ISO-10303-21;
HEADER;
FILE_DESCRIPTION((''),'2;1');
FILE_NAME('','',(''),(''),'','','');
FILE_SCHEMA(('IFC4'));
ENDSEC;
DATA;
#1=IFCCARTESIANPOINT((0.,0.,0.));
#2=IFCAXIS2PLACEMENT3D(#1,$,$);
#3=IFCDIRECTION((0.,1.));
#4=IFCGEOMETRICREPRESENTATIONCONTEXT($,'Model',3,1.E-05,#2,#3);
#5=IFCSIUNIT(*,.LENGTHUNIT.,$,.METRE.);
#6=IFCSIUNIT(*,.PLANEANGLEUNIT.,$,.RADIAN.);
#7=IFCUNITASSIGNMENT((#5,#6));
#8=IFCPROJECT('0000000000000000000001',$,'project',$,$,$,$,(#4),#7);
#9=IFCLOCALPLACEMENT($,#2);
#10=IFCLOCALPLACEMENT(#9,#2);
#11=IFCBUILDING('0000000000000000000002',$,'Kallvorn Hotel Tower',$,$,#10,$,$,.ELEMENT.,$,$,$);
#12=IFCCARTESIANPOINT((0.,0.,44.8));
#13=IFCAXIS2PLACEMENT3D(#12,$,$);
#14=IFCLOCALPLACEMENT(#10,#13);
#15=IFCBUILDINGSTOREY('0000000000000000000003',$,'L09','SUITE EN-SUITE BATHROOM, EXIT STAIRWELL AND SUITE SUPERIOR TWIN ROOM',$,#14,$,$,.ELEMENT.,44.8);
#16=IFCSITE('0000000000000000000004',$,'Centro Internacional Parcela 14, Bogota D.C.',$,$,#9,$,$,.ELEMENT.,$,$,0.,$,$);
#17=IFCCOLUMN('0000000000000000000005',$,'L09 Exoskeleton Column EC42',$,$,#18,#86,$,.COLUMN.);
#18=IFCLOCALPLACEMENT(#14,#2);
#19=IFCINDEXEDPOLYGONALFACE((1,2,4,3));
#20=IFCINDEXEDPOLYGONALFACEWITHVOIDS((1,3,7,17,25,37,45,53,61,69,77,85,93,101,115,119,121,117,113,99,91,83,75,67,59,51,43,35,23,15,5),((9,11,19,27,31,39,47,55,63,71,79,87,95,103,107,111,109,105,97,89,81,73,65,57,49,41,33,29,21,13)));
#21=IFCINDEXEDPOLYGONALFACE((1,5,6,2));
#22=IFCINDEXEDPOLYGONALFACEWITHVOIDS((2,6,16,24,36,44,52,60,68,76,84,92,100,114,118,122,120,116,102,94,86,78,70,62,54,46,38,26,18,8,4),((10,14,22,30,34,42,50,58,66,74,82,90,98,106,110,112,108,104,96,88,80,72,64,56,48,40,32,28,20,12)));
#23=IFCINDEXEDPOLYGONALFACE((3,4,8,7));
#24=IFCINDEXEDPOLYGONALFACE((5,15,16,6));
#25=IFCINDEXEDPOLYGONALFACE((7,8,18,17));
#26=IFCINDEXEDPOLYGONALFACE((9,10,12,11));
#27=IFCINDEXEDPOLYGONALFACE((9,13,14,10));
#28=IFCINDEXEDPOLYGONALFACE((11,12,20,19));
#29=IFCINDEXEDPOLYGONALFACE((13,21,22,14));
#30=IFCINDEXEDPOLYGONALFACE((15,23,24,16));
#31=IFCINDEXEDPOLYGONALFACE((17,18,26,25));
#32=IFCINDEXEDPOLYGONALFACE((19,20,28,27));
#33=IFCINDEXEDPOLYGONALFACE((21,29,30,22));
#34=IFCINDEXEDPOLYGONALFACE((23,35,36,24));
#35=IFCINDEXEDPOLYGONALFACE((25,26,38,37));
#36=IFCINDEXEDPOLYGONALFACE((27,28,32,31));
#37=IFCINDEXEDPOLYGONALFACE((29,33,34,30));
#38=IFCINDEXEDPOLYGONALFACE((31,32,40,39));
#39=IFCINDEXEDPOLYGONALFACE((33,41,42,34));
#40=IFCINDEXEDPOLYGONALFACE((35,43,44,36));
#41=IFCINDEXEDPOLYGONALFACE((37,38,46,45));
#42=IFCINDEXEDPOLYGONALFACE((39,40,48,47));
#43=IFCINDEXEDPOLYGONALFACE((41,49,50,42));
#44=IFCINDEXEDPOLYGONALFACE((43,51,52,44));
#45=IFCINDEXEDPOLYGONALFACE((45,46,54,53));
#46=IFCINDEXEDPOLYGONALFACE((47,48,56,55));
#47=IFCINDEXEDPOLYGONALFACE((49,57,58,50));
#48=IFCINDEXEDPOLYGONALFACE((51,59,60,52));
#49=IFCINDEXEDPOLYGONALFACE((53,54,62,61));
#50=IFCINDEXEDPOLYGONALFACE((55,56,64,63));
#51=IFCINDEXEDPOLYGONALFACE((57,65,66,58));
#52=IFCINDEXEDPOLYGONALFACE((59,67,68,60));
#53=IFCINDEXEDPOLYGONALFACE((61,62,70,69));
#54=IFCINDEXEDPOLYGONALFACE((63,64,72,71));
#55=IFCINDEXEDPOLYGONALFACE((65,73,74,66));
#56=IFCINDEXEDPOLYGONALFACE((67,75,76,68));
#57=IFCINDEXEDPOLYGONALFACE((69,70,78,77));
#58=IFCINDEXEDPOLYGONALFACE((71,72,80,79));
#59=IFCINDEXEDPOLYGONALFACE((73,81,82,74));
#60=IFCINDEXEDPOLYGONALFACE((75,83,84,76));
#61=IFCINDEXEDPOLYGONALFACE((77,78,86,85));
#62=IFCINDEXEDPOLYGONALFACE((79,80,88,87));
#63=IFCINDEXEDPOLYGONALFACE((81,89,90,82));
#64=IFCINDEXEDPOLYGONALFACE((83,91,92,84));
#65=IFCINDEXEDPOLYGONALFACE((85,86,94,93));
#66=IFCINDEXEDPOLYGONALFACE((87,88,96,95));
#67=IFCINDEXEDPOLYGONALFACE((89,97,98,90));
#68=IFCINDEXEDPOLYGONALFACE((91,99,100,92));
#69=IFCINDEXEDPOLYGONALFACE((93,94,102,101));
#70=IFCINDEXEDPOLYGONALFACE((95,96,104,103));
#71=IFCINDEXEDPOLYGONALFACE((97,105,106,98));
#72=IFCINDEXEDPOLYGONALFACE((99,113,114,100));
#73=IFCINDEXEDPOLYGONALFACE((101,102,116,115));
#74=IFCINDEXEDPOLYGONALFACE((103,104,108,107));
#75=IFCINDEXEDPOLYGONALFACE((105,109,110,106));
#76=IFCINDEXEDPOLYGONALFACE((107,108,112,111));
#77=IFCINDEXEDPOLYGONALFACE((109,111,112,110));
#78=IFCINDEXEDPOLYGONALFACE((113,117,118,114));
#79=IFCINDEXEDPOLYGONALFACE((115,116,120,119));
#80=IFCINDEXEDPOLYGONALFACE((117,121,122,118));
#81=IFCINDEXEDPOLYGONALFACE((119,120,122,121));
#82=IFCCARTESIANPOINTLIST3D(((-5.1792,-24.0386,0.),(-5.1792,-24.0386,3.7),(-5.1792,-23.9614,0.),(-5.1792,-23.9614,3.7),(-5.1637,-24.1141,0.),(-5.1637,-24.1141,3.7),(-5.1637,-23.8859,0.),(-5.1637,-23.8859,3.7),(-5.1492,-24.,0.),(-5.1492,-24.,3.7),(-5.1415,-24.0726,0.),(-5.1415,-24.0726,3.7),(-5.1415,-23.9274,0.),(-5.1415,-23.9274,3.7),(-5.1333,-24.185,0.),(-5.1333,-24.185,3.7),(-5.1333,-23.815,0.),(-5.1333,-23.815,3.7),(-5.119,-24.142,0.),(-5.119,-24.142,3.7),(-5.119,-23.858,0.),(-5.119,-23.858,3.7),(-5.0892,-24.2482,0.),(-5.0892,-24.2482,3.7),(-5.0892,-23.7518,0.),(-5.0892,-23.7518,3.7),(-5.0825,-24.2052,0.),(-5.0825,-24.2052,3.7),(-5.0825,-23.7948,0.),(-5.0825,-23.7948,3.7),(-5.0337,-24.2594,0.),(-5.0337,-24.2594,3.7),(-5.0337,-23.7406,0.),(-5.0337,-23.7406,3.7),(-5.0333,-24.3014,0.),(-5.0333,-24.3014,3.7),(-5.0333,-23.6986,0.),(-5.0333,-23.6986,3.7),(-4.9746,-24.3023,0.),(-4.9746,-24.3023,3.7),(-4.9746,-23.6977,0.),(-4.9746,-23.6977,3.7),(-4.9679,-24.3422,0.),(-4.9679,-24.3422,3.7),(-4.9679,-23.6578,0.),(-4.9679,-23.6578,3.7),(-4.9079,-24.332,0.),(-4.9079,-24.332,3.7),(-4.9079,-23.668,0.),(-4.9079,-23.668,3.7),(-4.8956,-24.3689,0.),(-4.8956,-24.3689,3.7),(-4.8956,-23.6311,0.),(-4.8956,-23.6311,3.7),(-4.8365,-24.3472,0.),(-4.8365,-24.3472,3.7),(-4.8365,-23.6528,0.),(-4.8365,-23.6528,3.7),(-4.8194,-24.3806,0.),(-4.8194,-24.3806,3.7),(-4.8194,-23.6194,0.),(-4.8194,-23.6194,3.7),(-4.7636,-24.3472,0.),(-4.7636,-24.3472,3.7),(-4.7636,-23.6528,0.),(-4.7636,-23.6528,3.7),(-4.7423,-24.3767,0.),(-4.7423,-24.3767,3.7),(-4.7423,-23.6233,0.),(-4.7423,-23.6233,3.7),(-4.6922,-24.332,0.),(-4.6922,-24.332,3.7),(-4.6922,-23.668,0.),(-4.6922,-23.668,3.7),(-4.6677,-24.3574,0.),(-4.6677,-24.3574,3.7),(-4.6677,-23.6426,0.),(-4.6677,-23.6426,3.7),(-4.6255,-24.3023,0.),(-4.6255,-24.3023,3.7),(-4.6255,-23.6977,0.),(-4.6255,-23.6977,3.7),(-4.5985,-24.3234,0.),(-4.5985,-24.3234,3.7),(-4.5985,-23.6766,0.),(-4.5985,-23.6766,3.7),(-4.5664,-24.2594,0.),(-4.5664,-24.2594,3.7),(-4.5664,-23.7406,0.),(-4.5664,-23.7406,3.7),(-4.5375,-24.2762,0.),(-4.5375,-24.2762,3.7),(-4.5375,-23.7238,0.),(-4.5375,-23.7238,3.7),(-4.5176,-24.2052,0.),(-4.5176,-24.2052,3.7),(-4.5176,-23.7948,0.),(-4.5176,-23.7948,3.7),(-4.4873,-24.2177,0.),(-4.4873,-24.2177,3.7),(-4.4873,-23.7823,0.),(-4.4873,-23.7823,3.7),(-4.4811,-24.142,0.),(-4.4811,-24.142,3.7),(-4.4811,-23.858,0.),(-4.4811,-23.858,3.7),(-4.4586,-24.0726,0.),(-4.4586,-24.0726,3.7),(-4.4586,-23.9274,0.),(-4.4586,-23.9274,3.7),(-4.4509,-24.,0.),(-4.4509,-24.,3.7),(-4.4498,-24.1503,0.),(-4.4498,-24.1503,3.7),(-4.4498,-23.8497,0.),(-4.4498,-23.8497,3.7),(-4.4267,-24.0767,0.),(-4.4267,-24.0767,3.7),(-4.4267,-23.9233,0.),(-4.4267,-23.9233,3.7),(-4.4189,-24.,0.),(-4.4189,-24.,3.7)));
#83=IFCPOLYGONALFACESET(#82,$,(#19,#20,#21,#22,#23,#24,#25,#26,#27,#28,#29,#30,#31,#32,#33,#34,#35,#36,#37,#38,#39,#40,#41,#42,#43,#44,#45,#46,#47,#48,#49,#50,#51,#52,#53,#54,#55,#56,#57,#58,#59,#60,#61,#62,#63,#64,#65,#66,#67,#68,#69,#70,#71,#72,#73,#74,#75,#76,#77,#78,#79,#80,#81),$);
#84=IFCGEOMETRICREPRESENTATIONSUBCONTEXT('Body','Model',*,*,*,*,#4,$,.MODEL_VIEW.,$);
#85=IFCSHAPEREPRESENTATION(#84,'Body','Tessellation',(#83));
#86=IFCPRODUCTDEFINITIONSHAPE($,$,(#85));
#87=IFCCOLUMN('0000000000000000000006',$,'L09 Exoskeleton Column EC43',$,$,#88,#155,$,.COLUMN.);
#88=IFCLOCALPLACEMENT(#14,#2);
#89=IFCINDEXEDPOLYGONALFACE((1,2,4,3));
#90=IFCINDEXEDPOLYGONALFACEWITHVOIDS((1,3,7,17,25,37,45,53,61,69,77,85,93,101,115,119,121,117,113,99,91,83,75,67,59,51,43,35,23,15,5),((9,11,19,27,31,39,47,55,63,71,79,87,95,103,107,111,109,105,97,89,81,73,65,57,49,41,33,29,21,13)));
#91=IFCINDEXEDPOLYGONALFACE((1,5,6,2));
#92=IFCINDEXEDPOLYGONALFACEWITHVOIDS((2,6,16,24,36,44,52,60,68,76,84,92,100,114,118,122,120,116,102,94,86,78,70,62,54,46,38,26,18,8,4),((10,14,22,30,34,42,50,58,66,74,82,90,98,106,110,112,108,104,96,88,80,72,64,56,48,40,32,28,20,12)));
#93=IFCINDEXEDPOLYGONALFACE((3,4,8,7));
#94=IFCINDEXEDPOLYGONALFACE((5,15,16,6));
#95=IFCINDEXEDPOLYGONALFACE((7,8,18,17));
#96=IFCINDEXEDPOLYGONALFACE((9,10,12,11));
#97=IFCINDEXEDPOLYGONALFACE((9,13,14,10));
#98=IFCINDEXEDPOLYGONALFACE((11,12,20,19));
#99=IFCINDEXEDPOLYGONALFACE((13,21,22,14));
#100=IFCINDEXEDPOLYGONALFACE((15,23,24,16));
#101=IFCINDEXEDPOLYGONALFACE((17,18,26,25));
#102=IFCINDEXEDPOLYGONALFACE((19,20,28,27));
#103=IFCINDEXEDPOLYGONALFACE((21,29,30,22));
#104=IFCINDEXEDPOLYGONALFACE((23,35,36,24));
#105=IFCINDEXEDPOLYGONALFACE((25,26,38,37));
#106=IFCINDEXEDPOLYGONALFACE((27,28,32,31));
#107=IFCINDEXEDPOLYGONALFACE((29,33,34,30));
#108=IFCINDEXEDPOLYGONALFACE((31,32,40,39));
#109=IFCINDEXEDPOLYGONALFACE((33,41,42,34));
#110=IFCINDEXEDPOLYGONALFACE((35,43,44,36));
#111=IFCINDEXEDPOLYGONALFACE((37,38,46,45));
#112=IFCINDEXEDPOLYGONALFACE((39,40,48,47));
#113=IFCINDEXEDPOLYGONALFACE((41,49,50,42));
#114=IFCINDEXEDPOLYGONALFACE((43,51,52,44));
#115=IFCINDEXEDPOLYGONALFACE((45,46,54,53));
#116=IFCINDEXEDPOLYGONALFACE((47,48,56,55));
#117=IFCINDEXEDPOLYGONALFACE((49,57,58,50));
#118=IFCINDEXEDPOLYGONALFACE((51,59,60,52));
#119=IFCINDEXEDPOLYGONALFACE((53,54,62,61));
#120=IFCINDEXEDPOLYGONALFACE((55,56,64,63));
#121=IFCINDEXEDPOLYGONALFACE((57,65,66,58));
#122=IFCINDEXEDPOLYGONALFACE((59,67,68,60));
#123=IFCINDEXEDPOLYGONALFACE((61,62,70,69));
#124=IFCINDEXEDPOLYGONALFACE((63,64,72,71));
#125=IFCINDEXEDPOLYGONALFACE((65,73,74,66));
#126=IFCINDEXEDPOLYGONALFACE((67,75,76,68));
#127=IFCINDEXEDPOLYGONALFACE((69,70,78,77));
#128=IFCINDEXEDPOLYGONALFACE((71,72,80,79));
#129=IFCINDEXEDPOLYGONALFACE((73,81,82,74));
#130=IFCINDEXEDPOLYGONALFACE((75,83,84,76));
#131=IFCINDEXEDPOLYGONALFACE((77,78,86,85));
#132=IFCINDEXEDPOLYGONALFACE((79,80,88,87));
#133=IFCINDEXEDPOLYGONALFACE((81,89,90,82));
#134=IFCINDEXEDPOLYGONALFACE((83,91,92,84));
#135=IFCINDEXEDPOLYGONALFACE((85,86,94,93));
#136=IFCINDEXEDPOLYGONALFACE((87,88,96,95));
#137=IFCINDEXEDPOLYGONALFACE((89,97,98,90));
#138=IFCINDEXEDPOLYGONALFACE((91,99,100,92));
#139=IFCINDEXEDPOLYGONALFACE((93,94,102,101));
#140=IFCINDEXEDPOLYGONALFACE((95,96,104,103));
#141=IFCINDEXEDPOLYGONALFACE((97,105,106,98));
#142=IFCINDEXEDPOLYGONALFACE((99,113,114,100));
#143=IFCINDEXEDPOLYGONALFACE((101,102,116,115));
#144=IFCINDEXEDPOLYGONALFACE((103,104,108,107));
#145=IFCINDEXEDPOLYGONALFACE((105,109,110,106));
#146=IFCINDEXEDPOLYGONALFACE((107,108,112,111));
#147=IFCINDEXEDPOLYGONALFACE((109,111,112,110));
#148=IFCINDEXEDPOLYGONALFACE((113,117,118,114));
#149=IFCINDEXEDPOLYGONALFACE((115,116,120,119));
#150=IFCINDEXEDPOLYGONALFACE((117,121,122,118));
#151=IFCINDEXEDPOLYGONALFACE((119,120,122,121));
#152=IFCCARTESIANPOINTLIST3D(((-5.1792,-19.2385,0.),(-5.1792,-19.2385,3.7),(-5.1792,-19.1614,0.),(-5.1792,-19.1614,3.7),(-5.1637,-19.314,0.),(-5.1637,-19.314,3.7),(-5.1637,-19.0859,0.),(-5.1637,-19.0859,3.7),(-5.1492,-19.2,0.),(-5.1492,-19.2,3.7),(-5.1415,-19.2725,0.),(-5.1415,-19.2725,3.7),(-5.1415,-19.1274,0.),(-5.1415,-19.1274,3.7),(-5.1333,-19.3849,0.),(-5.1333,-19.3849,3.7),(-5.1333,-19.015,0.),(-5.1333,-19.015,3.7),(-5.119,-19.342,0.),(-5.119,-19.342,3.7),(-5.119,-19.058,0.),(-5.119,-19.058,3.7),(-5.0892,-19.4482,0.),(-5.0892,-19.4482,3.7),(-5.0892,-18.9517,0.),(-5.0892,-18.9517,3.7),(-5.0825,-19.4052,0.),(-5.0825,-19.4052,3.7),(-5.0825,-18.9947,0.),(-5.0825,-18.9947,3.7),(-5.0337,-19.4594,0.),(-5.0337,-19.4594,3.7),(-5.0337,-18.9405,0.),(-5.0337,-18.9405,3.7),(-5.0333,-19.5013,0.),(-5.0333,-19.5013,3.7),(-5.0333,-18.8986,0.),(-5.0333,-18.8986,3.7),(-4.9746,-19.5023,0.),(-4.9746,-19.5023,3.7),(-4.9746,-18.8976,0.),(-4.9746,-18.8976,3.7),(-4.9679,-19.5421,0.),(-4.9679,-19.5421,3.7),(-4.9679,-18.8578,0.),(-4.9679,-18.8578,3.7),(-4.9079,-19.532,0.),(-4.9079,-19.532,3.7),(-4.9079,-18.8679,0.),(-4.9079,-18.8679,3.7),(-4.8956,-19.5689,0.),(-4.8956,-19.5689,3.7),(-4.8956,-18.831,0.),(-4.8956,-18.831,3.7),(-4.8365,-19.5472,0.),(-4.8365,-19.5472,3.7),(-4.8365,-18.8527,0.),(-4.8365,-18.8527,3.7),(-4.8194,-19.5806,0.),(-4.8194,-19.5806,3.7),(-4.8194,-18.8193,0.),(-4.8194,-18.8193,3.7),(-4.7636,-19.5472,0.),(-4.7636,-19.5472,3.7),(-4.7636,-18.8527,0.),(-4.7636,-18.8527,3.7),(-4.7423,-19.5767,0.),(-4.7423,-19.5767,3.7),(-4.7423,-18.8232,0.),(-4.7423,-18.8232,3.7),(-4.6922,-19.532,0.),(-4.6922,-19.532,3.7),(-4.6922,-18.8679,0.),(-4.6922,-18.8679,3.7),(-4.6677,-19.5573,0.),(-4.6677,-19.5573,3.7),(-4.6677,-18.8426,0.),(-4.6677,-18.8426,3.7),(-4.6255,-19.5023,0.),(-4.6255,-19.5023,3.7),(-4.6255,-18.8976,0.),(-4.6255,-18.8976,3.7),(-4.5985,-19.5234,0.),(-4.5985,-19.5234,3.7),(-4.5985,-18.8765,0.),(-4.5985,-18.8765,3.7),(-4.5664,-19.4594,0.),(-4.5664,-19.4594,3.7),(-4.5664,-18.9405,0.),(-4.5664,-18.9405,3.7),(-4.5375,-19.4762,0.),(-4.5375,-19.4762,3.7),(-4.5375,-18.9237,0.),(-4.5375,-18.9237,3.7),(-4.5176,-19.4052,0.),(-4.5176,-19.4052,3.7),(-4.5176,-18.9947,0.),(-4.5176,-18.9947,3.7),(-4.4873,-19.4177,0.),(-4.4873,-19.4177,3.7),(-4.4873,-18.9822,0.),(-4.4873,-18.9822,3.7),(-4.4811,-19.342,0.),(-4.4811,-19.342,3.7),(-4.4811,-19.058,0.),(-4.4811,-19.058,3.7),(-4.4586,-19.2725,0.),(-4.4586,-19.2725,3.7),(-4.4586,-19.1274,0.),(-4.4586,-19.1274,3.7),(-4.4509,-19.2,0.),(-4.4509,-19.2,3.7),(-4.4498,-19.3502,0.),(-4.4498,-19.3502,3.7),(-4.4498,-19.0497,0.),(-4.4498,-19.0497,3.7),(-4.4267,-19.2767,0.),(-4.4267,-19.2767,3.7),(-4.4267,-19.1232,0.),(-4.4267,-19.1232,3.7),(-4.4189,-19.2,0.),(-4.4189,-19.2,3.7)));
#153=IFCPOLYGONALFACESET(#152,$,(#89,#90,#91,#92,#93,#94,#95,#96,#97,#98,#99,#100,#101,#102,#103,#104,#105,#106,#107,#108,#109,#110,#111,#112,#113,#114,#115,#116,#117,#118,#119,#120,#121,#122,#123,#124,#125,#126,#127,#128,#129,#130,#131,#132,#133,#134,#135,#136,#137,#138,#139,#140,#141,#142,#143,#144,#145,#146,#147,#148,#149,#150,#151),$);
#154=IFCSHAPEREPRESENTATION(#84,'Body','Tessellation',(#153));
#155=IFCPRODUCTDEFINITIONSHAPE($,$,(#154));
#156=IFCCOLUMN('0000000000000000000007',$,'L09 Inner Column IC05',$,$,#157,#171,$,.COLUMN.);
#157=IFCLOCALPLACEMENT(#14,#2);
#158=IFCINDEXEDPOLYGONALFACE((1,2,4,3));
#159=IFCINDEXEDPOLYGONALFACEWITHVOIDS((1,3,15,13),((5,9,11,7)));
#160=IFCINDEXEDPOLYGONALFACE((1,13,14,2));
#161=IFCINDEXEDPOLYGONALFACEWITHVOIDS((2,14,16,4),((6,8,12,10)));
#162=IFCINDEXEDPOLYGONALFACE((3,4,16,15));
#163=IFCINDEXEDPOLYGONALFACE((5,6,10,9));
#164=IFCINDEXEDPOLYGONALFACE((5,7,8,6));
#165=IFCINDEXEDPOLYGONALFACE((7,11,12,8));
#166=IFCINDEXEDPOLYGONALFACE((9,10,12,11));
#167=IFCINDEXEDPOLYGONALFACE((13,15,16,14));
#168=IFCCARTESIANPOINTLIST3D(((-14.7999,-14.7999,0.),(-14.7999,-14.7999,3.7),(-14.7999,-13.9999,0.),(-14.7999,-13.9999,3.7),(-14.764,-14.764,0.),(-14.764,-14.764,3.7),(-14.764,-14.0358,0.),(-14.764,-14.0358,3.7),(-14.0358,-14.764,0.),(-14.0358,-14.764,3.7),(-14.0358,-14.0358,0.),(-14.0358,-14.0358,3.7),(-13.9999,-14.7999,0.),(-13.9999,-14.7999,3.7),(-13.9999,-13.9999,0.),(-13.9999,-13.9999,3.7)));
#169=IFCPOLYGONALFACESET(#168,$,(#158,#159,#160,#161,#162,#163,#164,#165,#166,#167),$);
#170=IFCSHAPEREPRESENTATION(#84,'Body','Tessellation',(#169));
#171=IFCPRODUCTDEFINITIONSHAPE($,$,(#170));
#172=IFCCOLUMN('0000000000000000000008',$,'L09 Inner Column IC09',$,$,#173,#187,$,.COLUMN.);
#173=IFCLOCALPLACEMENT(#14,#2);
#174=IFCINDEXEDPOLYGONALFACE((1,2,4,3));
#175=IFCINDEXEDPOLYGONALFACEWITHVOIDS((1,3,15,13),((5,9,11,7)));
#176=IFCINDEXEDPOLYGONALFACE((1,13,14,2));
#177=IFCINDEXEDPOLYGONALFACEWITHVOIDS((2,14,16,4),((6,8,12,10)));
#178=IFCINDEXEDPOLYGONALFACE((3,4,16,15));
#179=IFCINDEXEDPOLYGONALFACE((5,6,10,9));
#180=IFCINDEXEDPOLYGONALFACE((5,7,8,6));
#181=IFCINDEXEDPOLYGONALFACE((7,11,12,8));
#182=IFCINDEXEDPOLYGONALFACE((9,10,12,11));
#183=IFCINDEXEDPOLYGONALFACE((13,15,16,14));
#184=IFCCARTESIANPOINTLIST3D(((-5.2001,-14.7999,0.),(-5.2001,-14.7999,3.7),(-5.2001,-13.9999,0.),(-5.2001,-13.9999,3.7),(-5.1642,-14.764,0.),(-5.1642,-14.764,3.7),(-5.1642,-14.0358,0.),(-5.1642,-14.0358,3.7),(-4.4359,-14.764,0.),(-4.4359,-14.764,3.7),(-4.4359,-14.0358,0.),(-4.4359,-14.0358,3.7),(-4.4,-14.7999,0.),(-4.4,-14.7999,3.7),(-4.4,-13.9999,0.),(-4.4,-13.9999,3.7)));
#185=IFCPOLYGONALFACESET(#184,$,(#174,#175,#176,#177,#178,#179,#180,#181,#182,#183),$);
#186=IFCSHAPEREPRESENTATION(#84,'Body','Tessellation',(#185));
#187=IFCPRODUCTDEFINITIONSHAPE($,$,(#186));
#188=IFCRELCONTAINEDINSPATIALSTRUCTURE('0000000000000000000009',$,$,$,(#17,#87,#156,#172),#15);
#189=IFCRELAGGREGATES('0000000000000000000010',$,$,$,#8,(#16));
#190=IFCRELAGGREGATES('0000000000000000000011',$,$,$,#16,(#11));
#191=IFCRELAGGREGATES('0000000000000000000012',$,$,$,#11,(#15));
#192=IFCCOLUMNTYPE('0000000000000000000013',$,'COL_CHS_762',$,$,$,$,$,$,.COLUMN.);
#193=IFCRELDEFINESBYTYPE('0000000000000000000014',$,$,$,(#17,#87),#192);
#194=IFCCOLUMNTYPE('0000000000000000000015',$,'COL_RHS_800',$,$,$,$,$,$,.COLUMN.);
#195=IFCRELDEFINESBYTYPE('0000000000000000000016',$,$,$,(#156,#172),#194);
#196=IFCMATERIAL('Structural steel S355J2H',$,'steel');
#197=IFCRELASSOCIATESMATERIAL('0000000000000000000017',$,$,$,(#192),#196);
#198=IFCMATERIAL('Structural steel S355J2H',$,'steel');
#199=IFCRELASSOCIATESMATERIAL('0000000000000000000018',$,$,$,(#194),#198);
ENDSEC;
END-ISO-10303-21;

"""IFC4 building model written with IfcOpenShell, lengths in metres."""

from ifc_helpers import new_model, si_unit, direction, frame, origin, origin_2d, place, context, subcontext, project, spatial, hollow_rectangle, hollow_circle, extrude, material, material_profile, profile_set, type_object, element, save


model = new_model("IFC4")

# Units and contexts
model_context = context("Model", 3, precision=1e-05, world=origin(), true_north=direction((0.0, 1.0)))
body_context = subcontext(model_context, "Body", "Model", "MODEL_VIEW")
ifc_project = project(units=[si_unit("LENGTHUNIT", "METRE"), si_unit("PLANEANGLEUNIT", "RADIAN")], contexts=[model_context])

# Site, building, storey
site_placement = place(None, origin())
site = spatial("IfcSite", under=ifc_project, at=site_placement, Name="Centro Internacional Parcela 14, Bogota D.C.", CompositionType="ELEMENT", RefElevation=0.0)
building_placement = place(site_placement, origin())
building = spatial("IfcBuilding", under=site, at=building_placement, Name="Kallvorn Hotel Tower", CompositionType="ELEMENT")
storey_placement = place(building_placement, frame((0.0, 0.0, 44.8)))
storey = spatial("IfcBuildingStorey", under=building, at=storey_placement, Name="L09", Description="SUITE EN-SUITE BATHROOM, EXIT STAIRWELL AND SUITE SUPERIOR TWIN ROOM", CompositionType="ELEMENT", Elevation=44.8)

# Columns
ifc_material_1 = material(Name="Structural steel S355J2H", Category="steel")
ifc_material_profile_1 = material_profile(ifc_material_1, hollow_circle(Radius=0.3811, WallThickness=0.032, at=origin_2d()), Name="CHS 762x32")
ifc_profile_set_1 = profile_set([ifc_material_profile_1], Name="Structural steel S355J2H")
column_type_1 = type_object("IfcColumnType", Name="COL_CHS_762", PredefinedType="COLUMN", material=ifc_profile_set_1)
for number, where, z_axis, x_axis, name in (
    (1, (-4.8, -24.0, 0.0), (0.0, 0.0, 1.0), (1.0, 0.0, 0.0), "L09 Exoskeleton Column EC42"),
    (2, (-4.8, -19.2, 0.0), (0.0, 0.0, 1.0), (1.0, 0.0, 0.0), "L09 Exoskeleton Column EC43"),
):
    element("IfcColumn", number, at=place(storey_placement, frame(where, z_axis=z_axis, x_axis=x_axis)), inside=storey, type_object=column_type_1, Name=name, PredefinedType="COLUMN", context=body_context, shape_type="SweptSolid", body=[
        extrude(hollow_circle(Radius=0.3811, WallThickness=0.032, at=origin_2d()), origin(), (0.0, 0.0, 1.0), 3.7),
    ])
ifc_material_2 = material(Name="Structural steel S355J2H", Category="steel")
ifc_material_profile_2 = material_profile(ifc_material_2, hollow_rectangle(XDim=0.8, YDim=0.8, WallThickness=0.0359, at=origin_2d()), Name="RHS 800x800x36")
ifc_profile_set_2 = profile_set([ifc_material_profile_2], Name="Structural steel S355J2H")
column_type_2 = type_object("IfcColumnType", Name="COL_RHS_800", PredefinedType="COLUMN", material=ifc_profile_set_2)
for number, where, z_axis, x_axis, name in (
    (3, (-14.3999, -14.3999, 0.0), (0.0, 0.0, 1.0), (1.0, 0.0, 0.0), "L09 Inner Column IC05"),
    (4, (-4.8, -14.3999, 0.0), (0.0, 0.0, 1.0), (1.0, 0.0, 0.0), "L09 Inner Column IC09"),
):
    element("IfcColumn", number, at=place(storey_placement, frame(where, z_axis=z_axis, x_axis=x_axis)), inside=storey, type_object=column_type_2, Name=name, PredefinedType="COLUMN", context=body_context, shape_type="SweptSolid", body=[
        extrude(hollow_rectangle(XDim=0.8, YDim=0.8, WallThickness=0.0359, at=origin_2d()), origin(), (0.0, 0.0, 1.0), 3.7),
    ])

save(model, "model.ifc")
